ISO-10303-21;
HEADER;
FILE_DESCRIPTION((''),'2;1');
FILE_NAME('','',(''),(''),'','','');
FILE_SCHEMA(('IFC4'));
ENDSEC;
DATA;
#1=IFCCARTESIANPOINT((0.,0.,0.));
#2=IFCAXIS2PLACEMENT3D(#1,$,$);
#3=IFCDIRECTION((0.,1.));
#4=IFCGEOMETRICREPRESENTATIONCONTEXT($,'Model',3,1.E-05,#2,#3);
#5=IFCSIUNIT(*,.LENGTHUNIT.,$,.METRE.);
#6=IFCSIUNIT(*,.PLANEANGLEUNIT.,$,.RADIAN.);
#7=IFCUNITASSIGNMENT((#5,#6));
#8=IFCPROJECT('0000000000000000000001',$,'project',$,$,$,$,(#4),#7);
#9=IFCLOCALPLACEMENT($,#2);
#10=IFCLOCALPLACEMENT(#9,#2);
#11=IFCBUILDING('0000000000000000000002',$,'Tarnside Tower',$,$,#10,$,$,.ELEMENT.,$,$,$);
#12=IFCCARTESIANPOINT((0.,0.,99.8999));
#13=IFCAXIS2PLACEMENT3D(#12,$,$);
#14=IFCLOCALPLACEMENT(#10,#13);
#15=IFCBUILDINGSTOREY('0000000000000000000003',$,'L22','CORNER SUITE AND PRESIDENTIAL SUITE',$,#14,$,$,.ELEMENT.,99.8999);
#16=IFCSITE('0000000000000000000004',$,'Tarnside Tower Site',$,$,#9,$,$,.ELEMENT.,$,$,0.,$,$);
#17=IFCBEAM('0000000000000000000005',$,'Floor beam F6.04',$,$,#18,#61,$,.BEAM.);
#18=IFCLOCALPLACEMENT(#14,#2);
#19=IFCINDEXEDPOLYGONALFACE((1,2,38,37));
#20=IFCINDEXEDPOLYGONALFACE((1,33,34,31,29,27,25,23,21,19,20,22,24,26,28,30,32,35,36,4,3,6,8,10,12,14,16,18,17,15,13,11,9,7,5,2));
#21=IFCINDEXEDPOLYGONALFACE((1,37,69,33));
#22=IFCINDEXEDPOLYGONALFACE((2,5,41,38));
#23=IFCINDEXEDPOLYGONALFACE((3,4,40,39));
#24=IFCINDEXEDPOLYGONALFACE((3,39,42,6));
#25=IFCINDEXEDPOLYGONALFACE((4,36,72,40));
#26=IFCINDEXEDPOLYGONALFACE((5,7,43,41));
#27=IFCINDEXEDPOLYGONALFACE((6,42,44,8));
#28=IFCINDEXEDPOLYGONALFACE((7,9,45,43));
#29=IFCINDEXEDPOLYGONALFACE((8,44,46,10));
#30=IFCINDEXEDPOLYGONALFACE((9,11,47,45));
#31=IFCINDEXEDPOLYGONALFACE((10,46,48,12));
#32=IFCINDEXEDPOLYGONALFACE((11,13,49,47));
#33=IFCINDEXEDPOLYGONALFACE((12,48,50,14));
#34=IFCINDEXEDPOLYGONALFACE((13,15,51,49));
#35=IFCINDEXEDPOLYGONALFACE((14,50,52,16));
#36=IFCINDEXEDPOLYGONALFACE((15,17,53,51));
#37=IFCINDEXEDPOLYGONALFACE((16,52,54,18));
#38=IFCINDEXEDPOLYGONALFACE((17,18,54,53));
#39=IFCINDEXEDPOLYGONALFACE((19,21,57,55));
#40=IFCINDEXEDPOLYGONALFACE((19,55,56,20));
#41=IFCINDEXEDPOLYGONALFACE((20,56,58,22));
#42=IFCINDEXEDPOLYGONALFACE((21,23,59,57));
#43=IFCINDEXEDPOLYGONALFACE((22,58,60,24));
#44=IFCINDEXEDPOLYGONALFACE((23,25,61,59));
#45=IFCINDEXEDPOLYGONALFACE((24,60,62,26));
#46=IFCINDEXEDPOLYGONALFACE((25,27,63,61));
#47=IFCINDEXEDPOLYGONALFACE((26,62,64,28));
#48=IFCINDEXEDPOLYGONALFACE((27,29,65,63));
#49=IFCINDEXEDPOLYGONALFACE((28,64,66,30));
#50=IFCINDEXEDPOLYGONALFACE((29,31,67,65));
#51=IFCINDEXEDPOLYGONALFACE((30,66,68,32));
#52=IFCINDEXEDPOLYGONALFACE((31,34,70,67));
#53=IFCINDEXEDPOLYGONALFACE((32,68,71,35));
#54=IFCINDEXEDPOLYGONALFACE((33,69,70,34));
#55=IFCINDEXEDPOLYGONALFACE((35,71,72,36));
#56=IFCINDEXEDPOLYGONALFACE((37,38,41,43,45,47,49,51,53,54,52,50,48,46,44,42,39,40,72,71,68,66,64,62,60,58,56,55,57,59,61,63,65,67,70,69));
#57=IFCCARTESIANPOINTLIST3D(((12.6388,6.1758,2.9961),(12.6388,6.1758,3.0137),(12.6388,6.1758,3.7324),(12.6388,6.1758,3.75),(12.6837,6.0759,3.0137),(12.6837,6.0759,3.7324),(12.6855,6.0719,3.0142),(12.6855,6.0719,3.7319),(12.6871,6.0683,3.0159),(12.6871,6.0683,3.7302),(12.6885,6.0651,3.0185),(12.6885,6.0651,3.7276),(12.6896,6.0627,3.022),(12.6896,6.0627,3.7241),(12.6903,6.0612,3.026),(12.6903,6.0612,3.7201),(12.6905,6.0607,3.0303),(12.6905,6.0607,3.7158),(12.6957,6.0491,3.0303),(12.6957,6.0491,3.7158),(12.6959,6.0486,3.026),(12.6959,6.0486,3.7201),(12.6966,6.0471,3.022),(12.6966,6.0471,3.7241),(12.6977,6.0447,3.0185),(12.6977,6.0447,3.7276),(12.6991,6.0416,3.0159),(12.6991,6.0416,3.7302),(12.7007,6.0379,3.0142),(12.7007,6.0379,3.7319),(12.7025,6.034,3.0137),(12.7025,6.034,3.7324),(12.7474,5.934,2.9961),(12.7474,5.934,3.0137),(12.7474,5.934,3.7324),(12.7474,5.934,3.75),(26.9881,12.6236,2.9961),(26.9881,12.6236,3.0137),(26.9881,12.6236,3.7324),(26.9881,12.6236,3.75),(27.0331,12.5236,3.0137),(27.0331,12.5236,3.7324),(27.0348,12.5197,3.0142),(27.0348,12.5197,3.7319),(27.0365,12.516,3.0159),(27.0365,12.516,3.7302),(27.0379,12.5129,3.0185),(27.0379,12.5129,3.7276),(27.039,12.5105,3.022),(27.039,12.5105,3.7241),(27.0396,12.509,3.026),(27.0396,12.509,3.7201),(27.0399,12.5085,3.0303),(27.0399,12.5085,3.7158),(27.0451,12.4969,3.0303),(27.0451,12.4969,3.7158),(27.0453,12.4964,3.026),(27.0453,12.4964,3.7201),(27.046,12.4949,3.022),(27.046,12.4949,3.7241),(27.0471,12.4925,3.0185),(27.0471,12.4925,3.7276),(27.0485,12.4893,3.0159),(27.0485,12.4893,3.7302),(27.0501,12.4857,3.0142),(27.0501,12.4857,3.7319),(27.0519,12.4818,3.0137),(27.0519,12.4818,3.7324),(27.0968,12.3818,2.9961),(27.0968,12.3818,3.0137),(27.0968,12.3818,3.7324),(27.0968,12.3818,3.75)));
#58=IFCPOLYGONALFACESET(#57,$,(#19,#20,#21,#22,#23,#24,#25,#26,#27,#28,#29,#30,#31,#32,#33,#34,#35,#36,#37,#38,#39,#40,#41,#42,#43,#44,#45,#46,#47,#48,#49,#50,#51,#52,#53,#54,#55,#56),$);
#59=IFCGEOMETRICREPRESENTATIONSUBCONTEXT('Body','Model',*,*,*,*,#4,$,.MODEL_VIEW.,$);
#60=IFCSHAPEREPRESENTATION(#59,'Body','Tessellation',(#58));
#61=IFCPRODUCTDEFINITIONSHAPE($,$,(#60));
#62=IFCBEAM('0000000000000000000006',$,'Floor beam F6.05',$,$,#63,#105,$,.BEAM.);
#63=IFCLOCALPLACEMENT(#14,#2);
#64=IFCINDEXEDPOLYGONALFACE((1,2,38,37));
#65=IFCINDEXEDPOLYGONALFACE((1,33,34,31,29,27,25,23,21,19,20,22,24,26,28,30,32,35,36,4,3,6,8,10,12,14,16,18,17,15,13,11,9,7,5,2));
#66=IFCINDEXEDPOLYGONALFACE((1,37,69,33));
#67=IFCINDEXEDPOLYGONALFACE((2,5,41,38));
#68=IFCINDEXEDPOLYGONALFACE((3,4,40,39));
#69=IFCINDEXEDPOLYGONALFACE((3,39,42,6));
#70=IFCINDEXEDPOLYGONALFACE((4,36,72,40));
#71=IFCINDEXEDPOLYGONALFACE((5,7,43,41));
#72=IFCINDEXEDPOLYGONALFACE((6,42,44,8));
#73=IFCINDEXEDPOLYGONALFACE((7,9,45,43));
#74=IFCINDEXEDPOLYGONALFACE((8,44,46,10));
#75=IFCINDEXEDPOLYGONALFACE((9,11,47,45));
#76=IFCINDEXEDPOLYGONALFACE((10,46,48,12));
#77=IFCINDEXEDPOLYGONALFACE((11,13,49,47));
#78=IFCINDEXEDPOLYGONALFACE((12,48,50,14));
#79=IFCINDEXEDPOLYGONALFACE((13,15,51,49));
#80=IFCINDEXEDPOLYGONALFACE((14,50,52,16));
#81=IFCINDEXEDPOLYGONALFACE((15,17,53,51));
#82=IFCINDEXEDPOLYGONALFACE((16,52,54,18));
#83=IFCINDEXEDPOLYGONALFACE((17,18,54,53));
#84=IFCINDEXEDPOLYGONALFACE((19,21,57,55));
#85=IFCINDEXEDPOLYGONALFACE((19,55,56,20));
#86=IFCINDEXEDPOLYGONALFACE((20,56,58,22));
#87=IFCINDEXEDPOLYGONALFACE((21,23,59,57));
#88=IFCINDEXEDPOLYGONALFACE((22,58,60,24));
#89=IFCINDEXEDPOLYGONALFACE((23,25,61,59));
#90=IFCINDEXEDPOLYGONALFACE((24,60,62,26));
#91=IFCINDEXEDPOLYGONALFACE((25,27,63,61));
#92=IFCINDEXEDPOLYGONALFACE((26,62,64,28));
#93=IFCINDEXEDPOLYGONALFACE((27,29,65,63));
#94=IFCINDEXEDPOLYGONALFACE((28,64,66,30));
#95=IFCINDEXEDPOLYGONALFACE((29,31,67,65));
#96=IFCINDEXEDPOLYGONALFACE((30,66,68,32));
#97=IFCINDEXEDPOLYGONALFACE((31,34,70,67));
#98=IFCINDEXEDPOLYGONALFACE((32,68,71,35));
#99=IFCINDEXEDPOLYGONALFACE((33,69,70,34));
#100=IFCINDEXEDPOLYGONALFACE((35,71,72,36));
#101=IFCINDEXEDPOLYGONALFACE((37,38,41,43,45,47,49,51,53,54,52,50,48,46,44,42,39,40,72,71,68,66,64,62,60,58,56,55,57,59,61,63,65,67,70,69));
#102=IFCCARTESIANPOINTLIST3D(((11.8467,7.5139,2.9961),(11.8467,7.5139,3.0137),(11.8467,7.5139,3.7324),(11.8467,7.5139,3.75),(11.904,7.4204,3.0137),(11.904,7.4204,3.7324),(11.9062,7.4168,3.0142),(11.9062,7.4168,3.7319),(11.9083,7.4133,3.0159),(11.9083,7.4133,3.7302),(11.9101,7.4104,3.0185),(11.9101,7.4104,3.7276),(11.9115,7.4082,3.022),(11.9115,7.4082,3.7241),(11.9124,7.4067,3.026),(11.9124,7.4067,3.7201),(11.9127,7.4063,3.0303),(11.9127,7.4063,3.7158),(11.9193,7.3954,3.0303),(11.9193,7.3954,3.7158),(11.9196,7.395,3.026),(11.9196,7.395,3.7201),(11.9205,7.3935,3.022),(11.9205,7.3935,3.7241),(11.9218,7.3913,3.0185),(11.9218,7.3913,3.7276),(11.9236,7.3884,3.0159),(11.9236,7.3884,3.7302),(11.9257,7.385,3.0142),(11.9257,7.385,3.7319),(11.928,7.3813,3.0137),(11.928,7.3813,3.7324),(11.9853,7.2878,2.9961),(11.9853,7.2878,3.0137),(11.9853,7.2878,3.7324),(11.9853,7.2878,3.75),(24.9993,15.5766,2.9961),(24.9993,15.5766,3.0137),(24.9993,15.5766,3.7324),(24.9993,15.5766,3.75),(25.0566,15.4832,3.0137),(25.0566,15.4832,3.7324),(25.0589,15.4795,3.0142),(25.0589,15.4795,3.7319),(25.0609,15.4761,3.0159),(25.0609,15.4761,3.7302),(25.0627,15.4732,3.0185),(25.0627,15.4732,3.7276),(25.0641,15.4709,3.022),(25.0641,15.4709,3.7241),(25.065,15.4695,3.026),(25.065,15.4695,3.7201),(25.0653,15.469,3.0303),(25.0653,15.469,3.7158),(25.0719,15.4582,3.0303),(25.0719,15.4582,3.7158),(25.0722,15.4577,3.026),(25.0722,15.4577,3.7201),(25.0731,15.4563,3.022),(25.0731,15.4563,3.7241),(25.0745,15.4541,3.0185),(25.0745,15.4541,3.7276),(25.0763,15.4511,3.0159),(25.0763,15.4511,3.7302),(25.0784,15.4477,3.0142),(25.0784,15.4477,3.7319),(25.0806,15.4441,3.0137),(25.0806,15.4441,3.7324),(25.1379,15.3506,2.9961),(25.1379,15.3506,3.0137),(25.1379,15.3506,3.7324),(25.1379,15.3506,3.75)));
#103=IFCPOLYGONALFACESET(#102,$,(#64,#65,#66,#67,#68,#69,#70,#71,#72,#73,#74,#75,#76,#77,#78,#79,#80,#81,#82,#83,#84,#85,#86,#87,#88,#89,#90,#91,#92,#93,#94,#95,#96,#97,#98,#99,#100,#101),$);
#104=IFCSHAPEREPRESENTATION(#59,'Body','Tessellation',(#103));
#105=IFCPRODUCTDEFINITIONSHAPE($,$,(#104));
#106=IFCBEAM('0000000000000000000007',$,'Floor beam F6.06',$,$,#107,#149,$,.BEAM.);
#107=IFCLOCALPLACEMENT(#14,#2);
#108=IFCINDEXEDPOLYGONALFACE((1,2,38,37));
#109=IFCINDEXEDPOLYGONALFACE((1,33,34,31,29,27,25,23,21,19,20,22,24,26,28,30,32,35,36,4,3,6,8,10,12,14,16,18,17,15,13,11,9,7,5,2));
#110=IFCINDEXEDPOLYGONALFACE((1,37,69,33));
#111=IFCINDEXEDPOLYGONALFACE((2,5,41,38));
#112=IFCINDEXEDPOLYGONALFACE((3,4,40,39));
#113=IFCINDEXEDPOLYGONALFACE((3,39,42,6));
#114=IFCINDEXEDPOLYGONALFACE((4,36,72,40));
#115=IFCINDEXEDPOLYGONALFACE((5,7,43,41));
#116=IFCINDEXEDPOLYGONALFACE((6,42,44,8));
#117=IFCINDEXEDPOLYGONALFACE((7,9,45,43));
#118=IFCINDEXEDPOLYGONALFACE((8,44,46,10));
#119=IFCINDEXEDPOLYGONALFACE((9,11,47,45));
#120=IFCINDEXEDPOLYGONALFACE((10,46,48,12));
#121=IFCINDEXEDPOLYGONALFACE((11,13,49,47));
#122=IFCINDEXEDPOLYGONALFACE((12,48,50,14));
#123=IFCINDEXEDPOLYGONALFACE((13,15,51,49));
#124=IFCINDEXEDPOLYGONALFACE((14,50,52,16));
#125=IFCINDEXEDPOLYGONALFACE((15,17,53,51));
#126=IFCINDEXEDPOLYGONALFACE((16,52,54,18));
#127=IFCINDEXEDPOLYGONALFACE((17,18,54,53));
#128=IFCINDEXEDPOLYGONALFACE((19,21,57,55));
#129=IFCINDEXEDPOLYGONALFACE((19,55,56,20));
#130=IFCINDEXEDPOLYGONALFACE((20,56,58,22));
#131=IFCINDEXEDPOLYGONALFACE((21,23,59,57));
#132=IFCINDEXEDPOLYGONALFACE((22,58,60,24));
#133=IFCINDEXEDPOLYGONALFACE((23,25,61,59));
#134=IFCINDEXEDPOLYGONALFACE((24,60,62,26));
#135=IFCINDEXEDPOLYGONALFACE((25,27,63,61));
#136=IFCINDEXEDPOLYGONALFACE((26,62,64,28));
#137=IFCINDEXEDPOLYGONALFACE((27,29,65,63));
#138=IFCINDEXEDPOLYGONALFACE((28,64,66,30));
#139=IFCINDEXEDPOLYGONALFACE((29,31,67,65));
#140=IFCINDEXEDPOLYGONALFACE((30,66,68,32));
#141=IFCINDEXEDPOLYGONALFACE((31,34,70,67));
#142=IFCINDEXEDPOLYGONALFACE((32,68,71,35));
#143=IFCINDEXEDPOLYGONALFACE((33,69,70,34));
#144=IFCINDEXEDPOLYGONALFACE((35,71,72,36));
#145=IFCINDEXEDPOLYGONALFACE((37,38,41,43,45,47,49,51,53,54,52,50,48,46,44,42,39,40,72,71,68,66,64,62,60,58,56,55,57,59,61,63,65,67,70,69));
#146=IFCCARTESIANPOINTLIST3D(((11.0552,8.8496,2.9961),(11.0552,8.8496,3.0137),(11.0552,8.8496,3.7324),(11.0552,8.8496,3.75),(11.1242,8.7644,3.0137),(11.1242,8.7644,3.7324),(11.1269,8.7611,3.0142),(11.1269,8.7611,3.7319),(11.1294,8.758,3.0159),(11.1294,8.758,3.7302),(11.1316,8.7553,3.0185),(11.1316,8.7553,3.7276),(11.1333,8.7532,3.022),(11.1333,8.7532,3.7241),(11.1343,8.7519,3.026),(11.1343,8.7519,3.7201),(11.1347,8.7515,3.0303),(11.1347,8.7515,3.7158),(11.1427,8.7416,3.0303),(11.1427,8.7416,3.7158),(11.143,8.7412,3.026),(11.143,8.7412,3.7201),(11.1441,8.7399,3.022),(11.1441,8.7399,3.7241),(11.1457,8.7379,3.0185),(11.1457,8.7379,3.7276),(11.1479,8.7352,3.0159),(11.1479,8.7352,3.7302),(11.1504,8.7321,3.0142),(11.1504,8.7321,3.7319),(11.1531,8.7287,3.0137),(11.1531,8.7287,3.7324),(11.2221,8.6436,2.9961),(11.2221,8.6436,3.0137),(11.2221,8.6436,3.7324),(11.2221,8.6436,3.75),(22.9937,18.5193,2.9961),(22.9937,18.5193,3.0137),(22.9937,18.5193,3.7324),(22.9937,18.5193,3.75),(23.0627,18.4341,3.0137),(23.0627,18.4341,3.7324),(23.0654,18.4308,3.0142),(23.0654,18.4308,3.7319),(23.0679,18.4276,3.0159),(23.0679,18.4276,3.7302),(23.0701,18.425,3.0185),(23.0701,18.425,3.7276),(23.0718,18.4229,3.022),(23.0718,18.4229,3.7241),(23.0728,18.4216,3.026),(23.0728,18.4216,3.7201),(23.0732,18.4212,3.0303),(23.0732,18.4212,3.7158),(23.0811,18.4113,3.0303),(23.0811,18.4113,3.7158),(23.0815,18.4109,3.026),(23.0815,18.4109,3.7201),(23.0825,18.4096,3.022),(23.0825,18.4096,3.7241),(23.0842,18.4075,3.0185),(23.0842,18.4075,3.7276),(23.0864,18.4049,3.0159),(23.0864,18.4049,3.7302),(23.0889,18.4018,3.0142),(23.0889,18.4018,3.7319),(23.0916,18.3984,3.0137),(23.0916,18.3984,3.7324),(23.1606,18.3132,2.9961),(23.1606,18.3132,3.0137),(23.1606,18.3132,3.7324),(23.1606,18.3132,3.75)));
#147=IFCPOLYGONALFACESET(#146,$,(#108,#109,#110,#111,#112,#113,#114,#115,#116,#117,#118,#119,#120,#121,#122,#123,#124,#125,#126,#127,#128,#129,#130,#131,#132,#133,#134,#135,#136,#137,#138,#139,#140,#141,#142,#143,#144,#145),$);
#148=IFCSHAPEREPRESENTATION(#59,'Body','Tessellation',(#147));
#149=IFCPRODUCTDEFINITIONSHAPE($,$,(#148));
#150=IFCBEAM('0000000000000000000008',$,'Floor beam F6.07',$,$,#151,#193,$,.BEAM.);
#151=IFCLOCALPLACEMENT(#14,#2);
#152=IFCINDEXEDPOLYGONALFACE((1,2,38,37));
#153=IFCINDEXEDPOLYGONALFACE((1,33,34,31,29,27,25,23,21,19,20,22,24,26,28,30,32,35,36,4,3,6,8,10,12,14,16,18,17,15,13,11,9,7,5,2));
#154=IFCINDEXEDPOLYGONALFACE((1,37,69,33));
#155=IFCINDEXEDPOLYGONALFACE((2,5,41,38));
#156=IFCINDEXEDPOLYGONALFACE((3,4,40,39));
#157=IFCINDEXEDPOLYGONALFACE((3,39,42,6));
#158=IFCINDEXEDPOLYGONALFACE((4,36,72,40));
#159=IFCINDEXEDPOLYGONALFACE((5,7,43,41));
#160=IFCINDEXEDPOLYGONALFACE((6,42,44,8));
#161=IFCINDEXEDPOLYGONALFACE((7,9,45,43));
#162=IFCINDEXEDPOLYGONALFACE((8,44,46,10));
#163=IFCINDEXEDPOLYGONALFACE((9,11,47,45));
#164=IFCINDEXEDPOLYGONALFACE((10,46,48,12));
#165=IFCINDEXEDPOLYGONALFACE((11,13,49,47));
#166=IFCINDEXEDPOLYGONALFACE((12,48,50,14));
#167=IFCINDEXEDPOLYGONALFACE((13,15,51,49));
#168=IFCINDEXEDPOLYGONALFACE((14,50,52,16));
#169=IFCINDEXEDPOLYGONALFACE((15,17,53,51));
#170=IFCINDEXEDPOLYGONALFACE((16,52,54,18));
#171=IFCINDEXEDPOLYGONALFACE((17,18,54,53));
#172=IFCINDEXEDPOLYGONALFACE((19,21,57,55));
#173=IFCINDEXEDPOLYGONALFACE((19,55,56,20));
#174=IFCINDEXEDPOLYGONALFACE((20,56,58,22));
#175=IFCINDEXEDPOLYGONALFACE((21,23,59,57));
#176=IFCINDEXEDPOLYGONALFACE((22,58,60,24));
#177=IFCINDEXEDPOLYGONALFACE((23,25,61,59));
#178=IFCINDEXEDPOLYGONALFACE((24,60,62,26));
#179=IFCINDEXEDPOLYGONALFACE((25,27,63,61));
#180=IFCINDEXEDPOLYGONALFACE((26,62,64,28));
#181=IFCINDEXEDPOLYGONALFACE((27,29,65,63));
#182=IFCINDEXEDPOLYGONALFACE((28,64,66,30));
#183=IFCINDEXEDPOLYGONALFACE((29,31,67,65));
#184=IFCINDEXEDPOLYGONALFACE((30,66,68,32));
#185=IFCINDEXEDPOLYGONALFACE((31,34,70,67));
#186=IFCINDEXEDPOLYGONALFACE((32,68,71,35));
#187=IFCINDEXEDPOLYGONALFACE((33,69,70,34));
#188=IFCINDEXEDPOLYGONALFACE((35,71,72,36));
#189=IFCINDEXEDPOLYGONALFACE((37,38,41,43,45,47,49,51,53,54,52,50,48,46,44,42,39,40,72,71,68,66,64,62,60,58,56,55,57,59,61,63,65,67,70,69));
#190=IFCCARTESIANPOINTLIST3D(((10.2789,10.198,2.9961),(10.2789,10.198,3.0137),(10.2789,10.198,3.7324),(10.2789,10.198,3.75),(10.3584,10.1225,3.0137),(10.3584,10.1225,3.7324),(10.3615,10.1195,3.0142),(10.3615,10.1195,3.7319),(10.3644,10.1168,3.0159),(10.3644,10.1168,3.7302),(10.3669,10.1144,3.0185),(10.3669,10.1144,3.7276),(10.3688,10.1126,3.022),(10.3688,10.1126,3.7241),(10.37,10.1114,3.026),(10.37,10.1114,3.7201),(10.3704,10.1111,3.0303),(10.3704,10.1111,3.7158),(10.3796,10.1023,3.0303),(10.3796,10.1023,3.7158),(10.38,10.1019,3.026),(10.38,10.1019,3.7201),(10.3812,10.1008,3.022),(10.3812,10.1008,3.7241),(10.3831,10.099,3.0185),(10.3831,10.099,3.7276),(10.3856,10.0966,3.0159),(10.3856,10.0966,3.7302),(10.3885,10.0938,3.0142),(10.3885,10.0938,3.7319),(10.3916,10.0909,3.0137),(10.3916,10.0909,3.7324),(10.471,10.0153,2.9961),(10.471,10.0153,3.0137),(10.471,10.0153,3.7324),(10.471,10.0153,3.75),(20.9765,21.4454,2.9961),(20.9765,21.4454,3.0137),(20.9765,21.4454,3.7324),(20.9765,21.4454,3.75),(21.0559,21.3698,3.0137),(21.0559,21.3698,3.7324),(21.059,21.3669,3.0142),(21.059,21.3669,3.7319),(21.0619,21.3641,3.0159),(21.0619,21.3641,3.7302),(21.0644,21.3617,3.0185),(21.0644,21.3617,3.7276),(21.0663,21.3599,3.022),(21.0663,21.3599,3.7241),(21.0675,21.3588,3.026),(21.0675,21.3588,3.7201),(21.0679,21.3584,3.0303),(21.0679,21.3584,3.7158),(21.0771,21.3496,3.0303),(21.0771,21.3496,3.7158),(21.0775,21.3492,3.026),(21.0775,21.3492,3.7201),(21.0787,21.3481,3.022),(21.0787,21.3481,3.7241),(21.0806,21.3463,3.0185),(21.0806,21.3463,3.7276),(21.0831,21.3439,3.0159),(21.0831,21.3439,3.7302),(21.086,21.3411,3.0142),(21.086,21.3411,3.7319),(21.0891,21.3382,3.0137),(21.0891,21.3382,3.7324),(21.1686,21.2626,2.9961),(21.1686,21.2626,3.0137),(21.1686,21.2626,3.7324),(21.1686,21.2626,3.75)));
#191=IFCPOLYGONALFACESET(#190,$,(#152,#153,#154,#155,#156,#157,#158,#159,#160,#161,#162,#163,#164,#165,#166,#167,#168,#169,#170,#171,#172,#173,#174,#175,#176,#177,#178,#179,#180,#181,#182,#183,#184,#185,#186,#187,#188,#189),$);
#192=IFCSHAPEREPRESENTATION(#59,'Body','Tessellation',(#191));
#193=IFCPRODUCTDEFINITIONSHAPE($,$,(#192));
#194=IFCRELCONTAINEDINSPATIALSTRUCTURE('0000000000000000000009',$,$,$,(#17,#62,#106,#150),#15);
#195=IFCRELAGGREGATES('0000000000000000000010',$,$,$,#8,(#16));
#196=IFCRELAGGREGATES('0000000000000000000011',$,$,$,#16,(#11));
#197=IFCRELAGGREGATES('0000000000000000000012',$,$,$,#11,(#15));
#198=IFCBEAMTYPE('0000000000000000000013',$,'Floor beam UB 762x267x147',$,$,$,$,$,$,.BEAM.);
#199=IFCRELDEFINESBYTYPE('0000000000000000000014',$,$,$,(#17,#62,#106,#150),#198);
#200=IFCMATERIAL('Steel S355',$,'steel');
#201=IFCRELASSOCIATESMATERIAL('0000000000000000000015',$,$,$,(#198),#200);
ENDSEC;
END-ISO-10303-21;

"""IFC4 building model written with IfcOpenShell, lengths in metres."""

from ifc_helpers import new_model, si_unit, direction, frame, origin, origin_2d, place, context, subcontext, project, spatial, i_section, extrude, material, material_profile, profile_set, type_object, element, save


model = new_model("IFC4")

# Units and contexts
model_context = context("Model", 3, precision=1e-05, world=origin(), true_north=direction((0.0, 1.0)))
body_context = subcontext(model_context, "Body", "Model", "MODEL_VIEW")
ifc_project = project(units=[si_unit("LENGTHUNIT", "METRE"), si_unit("PLANEANGLEUNIT", "RADIAN")], contexts=[model_context])

# Site, building, storey
site_placement = place(None, origin())
site = spatial("IfcSite", under=ifc_project, at=site_placement, Name="Tarnside Tower Site", CompositionType="ELEMENT", RefElevation=0.0)
building_placement = place(site_placement, origin())
building = spatial("IfcBuilding", under=site, at=building_placement, Name="Tarnside Tower", CompositionType="ELEMENT")
storey_placement = place(building_placement, frame((0.0, 0.0, 99.8999)))
storey = spatial("IfcBuildingStorey", under=building, at=storey_placement, Name="L22", Description="CORNER SUITE AND PRESIDENTIAL SUITE", CompositionType="ELEMENT", Elevation=99.8999)

# Beams
ifc_material_1 = material(Name="Steel S355", Category="steel")
ifc_material_profile_1 = material_profile(ifc_material_1, i_section(OverallWidth=0.2651, OverallDepth=0.7539, WebThickness=0.0127, FlangeThickness=0.0176, FilletRadius=0.0166, at=origin_2d()), Name="UB 762x267x147")
ifc_profile_set_1 = profile_set([ifc_material_profile_1], Name="Steel S355")
beam_type_1 = type_object("IfcBeamType", Name="Floor beam UB 762x267x147", PredefinedType="BEAM", material=ifc_profile_set_1)
beam_1_placement = place(storey_placement, frame((27.0425, 12.5027, 3.373), z_axis=(-0.912146, -0.409865, 0.0), x_axis=(0.409865, -0.912146, 0.0)))
element("IfcBeam", 1, at=beam_1_placement, inside=storey, type_object=beam_type_1, Name="Floor beam F6.04", PredefinedType="BEAM", context=body_context, shape_type="SweptSolid", body=[
    extrude(i_section(OverallWidth=0.2651, OverallDepth=0.7539, WebThickness=0.0127, FlangeThickness=0.0176, FilletRadius=0.0166, at=origin_2d()), origin(), (0.0, 0.0, 1.0), 15.7314),
])
beam_2_placement = place(storey_placement, frame((25.0686, 15.4636, 3.373), z_axis=(-0.852558, -0.522632, 0.0), x_axis=(0.522632, -0.852558, 0.0)))
element("IfcBeam", 2, at=beam_2_placement, inside=storey, type_object=beam_type_1, Name="Floor beam F6.05", PredefinedType="BEAM", context=body_context, shape_type="SweptSolid", body=[
    extrude(i_section(OverallWidth=0.2651, OverallDepth=0.7539, WebThickness=0.0127, FlangeThickness=0.0176, FilletRadius=0.0166, at=origin_2d()), origin(), (0.0, 0.0, 1.0), 15.4272),
])
beam_3_placement = place(storey_placement, frame((23.0771, 18.4163, 3.373), z_axis=(-0.777079, -0.629403, 0.0), x_axis=(0.629403, -0.777079, 0.0)))
element("IfcBeam", 3, at=beam_3_placement, inside=storey, type_object=beam_type_1, Name="Floor beam F6.06", PredefinedType="BEAM", context=body_context, shape_type="SweptSolid", body=[
    extrude(i_section(OverallWidth=0.2651, OverallDepth=0.7539, WebThickness=0.0127, FlangeThickness=0.0176, FilletRadius=0.0166, at=origin_2d()), origin(), (0.0, 0.0, 1.0), 15.3633),
])
beam_4_placement = place(storey_placement, frame((21.0725, 21.354, 3.373), z_axis=(-0.689175, -0.724595, 0.0), x_axis=(0.724595, -0.689175, 0.0)))
element("IfcBeam", 4, at=beam_4_placement, inside=storey, type_object=beam_type_1, Name="Floor beam F6.07", PredefinedType="BEAM", context=body_context, shape_type="SweptSolid", body=[
    extrude(i_section(OverallWidth=0.2651, OverallDepth=0.7539, WebThickness=0.0127, FlangeThickness=0.0176, FilletRadius=0.0166, at=origin_2d()), origin(), (0.0, 0.0, 1.0), 15.5222),
])

save(model, "model.ifc")
